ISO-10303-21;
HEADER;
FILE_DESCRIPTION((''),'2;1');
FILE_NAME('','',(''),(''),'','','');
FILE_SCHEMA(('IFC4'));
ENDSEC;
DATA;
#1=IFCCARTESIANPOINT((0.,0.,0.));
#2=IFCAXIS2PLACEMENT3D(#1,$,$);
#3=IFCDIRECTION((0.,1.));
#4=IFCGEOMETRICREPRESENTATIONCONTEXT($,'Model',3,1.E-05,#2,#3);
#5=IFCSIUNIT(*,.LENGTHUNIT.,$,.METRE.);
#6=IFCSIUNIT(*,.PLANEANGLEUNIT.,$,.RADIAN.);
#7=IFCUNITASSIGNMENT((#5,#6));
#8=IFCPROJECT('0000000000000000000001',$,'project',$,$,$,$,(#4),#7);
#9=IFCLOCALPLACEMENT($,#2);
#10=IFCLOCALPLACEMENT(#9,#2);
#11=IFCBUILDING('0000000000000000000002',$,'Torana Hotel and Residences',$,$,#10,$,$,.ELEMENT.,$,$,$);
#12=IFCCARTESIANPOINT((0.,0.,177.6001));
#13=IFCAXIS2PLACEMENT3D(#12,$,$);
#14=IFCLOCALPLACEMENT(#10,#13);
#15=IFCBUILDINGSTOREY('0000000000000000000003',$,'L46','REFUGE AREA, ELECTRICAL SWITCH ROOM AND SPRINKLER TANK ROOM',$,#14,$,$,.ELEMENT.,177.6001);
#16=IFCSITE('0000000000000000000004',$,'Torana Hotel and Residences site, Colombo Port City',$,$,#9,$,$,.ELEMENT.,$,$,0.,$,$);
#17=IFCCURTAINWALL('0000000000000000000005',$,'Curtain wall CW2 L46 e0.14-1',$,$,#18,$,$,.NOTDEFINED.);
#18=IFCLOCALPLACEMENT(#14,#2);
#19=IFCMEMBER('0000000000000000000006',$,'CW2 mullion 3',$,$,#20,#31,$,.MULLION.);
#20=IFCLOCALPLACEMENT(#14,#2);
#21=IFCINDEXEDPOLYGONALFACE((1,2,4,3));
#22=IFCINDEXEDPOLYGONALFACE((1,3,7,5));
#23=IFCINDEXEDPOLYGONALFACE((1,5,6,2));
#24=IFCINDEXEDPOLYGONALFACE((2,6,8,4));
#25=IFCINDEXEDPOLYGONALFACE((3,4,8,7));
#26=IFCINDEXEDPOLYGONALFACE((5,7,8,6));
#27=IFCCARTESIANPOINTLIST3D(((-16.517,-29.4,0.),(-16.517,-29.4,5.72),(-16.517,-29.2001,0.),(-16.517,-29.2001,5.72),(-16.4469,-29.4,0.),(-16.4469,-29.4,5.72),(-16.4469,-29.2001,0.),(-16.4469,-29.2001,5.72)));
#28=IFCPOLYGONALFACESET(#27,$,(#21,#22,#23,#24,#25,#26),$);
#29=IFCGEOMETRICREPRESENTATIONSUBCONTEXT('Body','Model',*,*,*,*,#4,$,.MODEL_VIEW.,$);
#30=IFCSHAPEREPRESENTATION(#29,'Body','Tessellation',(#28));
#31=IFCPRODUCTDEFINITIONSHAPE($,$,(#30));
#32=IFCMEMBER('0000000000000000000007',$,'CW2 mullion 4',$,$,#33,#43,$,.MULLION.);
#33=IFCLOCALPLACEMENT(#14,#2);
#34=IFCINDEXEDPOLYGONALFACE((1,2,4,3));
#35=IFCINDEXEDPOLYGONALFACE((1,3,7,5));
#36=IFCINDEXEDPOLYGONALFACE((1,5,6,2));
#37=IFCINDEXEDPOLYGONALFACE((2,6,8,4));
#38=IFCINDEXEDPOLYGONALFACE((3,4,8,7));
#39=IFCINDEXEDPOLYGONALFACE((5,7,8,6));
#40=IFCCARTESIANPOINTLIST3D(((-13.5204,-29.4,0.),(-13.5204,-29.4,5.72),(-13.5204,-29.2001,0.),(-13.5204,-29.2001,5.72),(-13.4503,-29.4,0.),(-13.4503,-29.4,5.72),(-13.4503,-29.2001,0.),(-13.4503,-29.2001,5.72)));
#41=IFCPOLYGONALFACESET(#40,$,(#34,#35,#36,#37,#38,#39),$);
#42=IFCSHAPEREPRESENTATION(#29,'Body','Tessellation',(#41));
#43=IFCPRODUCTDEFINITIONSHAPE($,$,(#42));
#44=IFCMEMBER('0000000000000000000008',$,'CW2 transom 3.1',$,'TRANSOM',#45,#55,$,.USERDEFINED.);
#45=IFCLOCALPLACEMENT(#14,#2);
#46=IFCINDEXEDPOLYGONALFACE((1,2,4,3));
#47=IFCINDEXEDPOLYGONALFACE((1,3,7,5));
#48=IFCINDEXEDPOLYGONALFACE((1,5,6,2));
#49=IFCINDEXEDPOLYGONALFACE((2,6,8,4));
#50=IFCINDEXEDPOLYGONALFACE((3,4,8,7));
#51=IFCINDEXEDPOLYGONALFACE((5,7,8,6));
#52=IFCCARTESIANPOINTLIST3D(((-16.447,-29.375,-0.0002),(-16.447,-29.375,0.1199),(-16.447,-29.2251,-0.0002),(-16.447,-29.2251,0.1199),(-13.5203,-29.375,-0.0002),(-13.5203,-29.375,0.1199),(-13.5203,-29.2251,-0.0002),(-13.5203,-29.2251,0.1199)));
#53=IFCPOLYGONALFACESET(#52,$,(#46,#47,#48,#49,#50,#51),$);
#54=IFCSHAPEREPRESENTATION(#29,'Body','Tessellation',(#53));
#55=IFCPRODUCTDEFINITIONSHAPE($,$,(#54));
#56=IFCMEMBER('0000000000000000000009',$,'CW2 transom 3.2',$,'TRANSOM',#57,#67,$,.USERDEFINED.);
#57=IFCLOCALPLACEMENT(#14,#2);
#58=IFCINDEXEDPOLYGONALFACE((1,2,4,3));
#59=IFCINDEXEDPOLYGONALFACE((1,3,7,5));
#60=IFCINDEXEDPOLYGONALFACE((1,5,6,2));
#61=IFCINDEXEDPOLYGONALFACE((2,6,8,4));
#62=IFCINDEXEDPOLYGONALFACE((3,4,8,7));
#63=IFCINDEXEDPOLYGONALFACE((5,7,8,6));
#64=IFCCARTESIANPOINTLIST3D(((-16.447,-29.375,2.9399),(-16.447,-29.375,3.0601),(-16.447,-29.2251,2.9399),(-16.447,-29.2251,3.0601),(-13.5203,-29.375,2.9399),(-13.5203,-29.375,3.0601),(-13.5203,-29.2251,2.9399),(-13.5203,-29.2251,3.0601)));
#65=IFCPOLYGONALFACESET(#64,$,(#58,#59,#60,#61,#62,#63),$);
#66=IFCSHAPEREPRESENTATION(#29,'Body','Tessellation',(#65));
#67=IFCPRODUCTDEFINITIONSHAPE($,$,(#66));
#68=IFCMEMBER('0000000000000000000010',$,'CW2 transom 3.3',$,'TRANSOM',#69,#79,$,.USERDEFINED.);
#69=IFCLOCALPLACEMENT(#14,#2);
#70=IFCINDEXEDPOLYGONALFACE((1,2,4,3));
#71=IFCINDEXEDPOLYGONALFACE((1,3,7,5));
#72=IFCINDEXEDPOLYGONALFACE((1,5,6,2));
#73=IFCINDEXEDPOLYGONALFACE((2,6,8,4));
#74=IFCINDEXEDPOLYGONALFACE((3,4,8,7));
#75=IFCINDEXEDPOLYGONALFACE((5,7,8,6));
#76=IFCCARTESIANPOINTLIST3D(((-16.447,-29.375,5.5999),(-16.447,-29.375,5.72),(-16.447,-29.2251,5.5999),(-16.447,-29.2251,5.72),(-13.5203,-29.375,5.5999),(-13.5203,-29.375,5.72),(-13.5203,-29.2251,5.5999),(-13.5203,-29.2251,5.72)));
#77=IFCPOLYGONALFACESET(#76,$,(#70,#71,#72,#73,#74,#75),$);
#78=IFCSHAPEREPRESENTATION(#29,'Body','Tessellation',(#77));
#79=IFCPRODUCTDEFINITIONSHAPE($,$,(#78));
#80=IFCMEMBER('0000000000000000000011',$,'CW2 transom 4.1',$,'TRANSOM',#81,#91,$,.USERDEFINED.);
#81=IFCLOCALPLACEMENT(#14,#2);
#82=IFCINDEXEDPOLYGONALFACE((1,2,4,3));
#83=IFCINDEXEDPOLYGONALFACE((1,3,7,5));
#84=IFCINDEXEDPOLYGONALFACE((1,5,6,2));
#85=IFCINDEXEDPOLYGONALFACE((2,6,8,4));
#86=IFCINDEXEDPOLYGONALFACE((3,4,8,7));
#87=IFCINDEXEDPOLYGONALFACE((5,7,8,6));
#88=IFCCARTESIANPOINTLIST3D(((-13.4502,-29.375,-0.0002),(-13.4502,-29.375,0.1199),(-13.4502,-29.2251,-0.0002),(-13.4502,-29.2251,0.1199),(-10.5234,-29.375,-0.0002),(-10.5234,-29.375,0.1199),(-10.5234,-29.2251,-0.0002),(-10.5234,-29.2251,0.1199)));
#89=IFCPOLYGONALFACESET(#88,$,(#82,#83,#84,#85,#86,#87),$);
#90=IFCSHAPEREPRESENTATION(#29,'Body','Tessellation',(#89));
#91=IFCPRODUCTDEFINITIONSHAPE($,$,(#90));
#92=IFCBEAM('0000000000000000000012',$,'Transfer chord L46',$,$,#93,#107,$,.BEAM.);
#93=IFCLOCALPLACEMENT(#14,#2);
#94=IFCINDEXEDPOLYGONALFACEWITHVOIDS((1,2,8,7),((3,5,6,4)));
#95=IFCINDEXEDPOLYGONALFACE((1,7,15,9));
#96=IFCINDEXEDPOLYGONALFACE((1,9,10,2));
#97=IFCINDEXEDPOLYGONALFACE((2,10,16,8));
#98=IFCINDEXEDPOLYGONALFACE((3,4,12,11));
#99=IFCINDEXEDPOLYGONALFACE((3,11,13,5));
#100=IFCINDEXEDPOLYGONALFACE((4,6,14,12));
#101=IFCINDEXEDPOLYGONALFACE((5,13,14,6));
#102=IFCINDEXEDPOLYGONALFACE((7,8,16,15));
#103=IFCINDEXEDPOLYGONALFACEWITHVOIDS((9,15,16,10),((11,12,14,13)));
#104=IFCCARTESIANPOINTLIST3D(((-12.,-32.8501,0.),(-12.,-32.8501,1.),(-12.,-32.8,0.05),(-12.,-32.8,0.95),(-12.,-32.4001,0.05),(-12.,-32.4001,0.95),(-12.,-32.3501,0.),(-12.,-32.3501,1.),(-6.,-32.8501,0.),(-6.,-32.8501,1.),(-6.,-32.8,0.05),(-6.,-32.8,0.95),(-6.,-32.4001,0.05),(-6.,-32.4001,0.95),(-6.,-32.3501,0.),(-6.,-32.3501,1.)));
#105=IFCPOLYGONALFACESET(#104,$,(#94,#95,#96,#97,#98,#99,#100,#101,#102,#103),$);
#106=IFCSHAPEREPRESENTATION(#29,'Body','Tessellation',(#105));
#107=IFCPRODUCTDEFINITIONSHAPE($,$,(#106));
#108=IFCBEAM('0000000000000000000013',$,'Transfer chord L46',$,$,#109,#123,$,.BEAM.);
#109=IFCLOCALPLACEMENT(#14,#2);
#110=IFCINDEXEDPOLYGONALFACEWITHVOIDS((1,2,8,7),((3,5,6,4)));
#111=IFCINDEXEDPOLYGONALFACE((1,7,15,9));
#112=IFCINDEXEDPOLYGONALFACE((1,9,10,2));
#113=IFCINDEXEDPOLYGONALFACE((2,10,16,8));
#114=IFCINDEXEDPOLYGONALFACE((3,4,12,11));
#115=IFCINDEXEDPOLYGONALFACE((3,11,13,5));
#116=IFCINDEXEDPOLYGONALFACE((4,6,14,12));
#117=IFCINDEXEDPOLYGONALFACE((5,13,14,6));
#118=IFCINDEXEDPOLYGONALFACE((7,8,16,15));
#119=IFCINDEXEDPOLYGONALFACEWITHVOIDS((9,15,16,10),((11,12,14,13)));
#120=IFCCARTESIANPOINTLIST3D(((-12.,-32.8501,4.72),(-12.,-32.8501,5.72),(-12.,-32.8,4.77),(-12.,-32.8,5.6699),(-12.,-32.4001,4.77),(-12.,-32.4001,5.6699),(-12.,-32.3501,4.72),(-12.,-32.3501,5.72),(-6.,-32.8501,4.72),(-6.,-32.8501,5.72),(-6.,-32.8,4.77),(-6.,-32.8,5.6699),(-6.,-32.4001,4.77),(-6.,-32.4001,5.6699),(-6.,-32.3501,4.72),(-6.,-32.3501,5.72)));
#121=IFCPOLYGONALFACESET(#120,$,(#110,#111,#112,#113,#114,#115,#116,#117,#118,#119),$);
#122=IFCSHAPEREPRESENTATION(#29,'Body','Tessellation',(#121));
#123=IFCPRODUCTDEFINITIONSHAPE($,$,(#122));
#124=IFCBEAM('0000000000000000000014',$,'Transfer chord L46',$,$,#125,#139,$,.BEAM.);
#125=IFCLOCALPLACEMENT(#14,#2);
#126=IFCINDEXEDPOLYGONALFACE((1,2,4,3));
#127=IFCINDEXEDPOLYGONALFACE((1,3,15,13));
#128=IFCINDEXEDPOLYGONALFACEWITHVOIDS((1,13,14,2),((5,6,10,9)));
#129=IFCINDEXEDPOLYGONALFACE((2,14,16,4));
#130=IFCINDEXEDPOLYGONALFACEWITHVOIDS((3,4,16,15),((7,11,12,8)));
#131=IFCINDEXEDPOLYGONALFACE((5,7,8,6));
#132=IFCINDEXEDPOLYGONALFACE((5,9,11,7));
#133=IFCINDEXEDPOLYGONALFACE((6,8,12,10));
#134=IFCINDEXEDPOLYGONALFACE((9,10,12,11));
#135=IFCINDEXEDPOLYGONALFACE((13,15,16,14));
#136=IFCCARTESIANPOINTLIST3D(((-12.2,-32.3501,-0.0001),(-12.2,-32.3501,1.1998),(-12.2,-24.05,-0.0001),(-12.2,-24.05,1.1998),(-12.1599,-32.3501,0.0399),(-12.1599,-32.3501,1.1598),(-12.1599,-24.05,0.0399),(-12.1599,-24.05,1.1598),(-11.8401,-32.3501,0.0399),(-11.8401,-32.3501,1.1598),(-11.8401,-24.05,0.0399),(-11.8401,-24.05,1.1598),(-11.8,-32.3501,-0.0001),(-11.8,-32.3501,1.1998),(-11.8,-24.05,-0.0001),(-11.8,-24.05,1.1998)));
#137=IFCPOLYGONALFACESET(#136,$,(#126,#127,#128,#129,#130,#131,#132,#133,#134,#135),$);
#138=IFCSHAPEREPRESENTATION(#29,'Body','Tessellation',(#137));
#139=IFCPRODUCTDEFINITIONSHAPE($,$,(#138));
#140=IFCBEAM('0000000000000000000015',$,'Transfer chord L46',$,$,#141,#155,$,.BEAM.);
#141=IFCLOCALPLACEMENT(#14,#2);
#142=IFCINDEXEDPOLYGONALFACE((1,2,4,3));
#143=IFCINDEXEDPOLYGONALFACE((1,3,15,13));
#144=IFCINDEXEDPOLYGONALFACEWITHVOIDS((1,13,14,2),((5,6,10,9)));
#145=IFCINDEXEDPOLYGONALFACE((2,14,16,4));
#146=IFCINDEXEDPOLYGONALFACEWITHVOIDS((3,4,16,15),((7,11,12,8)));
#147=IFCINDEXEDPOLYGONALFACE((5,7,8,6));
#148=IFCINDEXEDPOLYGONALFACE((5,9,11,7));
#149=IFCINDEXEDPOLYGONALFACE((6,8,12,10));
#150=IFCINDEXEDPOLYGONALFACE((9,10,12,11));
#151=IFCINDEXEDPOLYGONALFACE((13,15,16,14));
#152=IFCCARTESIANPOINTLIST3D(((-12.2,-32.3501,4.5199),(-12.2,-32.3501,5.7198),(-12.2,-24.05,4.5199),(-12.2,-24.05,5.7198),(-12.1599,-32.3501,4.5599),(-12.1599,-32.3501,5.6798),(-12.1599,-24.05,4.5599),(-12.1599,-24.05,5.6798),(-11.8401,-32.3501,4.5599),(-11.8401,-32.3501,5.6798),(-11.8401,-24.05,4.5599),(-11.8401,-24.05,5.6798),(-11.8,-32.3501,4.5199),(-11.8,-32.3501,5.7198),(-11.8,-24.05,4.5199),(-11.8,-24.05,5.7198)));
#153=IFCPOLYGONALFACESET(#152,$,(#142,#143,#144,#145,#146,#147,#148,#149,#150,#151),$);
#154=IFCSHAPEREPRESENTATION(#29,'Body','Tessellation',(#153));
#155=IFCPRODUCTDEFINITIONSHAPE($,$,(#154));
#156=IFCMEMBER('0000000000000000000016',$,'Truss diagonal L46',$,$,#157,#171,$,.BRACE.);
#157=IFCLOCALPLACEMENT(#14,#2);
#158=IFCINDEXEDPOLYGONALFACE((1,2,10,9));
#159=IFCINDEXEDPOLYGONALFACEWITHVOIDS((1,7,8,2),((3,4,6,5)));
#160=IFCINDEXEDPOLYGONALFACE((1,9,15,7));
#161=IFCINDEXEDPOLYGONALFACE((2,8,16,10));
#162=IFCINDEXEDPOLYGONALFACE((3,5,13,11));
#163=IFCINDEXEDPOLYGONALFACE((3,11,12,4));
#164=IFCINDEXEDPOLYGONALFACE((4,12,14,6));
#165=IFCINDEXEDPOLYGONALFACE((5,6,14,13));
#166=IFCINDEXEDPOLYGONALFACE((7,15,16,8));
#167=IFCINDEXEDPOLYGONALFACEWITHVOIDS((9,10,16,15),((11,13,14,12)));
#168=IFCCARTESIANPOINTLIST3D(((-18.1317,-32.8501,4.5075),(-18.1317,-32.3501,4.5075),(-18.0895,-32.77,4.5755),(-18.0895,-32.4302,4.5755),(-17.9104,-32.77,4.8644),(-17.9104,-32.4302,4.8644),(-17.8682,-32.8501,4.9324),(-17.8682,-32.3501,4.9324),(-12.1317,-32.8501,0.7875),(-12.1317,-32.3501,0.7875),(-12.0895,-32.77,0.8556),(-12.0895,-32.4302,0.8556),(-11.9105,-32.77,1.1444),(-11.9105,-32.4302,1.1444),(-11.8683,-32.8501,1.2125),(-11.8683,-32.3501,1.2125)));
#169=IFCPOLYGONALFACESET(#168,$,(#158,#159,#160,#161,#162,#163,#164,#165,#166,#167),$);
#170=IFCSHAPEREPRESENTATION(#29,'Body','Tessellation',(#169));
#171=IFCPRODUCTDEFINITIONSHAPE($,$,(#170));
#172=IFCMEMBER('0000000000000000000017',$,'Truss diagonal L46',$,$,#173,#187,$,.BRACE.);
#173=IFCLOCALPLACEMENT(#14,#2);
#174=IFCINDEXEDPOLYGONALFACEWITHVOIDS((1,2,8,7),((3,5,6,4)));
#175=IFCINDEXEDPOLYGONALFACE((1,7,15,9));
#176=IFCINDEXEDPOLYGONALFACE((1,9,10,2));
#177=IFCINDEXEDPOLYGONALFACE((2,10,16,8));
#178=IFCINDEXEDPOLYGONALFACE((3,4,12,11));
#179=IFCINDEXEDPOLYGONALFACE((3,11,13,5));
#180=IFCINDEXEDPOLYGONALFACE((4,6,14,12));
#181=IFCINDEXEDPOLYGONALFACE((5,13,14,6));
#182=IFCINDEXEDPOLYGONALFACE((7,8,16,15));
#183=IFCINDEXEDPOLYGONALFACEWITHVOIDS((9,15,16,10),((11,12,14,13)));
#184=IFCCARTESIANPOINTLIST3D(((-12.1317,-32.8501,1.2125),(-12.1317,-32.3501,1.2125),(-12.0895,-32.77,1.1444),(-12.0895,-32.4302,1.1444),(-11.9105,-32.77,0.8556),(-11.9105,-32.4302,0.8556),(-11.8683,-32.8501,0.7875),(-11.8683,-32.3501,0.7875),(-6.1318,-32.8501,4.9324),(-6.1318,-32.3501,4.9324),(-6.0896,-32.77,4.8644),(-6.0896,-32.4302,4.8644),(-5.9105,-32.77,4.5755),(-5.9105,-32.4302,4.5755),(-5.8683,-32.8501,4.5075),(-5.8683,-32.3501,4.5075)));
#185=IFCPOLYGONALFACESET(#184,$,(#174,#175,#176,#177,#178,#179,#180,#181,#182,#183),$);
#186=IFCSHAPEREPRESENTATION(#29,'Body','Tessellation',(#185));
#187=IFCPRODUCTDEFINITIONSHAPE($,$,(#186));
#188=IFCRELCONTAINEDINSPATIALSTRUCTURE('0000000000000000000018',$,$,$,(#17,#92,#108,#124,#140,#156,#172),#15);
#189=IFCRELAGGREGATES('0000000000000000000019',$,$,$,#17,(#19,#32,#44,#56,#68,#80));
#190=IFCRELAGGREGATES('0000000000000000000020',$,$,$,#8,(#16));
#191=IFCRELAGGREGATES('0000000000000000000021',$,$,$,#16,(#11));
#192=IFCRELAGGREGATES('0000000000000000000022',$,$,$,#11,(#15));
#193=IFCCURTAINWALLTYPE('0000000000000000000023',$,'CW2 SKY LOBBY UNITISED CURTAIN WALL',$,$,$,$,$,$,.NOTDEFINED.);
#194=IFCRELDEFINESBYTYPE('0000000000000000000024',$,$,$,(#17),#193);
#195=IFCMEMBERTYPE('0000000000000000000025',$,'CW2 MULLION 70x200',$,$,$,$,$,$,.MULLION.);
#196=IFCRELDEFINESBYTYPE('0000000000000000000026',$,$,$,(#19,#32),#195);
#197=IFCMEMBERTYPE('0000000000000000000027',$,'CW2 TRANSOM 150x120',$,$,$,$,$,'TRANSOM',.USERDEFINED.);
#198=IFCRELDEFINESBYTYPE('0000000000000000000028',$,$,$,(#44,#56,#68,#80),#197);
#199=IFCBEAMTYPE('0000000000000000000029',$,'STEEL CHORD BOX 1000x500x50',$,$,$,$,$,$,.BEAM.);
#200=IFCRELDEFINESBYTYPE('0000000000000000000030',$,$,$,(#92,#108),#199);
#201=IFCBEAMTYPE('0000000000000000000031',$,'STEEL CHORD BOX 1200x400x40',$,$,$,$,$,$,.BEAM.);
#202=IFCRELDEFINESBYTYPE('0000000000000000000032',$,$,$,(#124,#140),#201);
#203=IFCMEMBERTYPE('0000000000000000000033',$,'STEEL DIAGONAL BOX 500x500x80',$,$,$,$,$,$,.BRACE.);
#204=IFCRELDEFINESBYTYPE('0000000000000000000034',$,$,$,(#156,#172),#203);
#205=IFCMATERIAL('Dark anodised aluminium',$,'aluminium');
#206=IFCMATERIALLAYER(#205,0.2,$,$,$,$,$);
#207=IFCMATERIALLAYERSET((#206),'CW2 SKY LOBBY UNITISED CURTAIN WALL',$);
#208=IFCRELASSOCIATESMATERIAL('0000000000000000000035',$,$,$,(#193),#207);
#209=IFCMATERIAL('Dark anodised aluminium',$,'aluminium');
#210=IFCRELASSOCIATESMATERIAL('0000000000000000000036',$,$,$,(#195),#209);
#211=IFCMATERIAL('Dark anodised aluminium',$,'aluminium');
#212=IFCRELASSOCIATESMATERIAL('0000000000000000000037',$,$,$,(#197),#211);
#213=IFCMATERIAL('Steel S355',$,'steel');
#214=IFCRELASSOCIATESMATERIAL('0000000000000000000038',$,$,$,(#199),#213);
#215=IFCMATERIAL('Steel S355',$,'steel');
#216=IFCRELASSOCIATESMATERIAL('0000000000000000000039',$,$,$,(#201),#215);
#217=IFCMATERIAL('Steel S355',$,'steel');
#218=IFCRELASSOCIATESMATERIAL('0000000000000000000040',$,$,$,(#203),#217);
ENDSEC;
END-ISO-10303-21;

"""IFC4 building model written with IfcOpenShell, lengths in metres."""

from ifc_helpers import new_model, si_unit, direction, frame, origin, origin_2d, place, context, subcontext, project, spatial, rectangle, hollow_rectangle, extrude, material, layer, layer_set, material_profile, profile_set, type_object, element, aggregate, save


model = new_model("IFC4")

# Units and contexts
model_context = context("Model", 3, precision=1e-05, world=origin(), true_north=direction((0.0, 1.0)))
body_context = subcontext(model_context, "Body", "Model", "MODEL_VIEW")
ifc_project = project(units=[si_unit("LENGTHUNIT", "METRE"), si_unit("PLANEANGLEUNIT", "RADIAN")], contexts=[model_context])

# Site, building, storey
site_placement = place(None, origin())
site = spatial("IfcSite", under=ifc_project, at=site_placement, Name="Torana Hotel and Residences site, Colombo Port City", CompositionType="ELEMENT", RefElevation=0.0)
building_placement = place(site_placement, origin())
building = spatial("IfcBuilding", under=site, at=building_placement, Name="Torana Hotel and Residences", CompositionType="ELEMENT")
storey_placement = place(building_placement, frame((0.0, 0.0, 177.6001)))
storey = spatial("IfcBuildingStorey", under=building, at=storey_placement, Name="L46", Description="REFUGE AREA, ELECTRICAL SWITCH ROOM AND SPRINKLER TANK ROOM", CompositionType="ELEMENT", Elevation=177.6001)

# Curtain wall, members
ifc_material_1 = material(Name="Dark anodised aluminium", Category="aluminium")
ifc_layer_1 = layer(ifc_material_1, 0.2)
ifc_layer_set_1 = layer_set([ifc_layer_1], Name="CW2 SKY LOBBY UNITISED CURTAIN WALL")
curtain_wall_type = type_object("IfcCurtainWallType", Name="CW2 SKY LOBBY UNITISED CURTAIN WALL", PredefinedType="NOTDEFINED", material=ifc_layer_set_1)
curtain_wall_placement = place(storey_placement, origin())
curtain_wall = element("IfcCurtainWall", 1, at=curtain_wall_placement, inside=storey, type_object=curtain_wall_type, Name="Curtain wall CW2 L46 e0.14-1", PredefinedType="NOTDEFINED")
ifc_material_2 = material(Name="Dark anodised aluminium", Category="aluminium")
ifc_material_profile_1 = material_profile(ifc_material_2, rectangle(XDim=0.2, YDim=0.0701, at=origin_2d()), Name="CW2 MULLION 70x200")
ifc_profile_set_1 = profile_set([ifc_material_profile_1], Name="Dark anodised aluminium")
member_type_1 = type_object("IfcMemberType", Name="CW2 MULLION 70x200", PredefinedType="MULLION", material=ifc_profile_set_1)
member_1_placement = place(storey_placement, frame((-16.4819, -29.3, 0.0), z_axis=(0.0, 0.0, 1.0), x_axis=(0.0, 1.0, 0.0)))
member_1 = element("IfcMember", 2, at=member_1_placement, type_object=member_type_1, Name="CW2 mullion 3", PredefinedType="MULLION", context=body_context, shape_type="SweptSolid", body=[
    extrude(rectangle(XDim=0.2, YDim=0.0701, at=origin_2d()), origin(), (0.0, 0.0, 1.0), 5.72),
])
member_2_placement = place(storey_placement, frame((-13.4854, -29.3, 0.0), z_axis=(0.0, 0.0, 1.0), x_axis=(0.0, 1.0, 0.0)))
member_2 = element("IfcMember", 3, at=member_2_placement, type_object=member_type_1, Name="CW2 mullion 4", PredefinedType="MULLION", context=body_context, shape_type="SweptSolid", body=[
    extrude(rectangle(XDim=0.2, YDim=0.0701, at=origin_2d()), origin(), (0.0, 0.0, 1.0), 5.72),
])
ifc_material_3 = material(Name="Dark anodised aluminium", Category="aluminium")
ifc_material_profile_2 = material_profile(ifc_material_3, rectangle(XDim=0.1499, YDim=0.1201, at=origin_2d()), Name="CW2 TRANSOM 150x120")
ifc_profile_set_2 = profile_set([ifc_material_profile_2], Name="Dark anodised aluminium")
member_type_2 = type_object("IfcMemberType", Name="CW2 TRANSOM 150x120", ElementType="TRANSOM", PredefinedType="USERDEFINED", material=ifc_profile_set_2)
member_3_placement = place(storey_placement, frame((-16.447, -29.3, 0.0598), z_axis=(1.0, 0.0, 0.0), x_axis=(0.0, 1.0, 0.0)))
member_3 = element("IfcMember", 4, at=member_3_placement, type_object=member_type_2, Name="CW2 transom 3.1", ObjectType="TRANSOM", PredefinedType="USERDEFINED", context=body_context, shape_type="SweptSolid", body=[
    extrude(rectangle(XDim=0.1499, YDim=0.1201, at=origin_2d()), origin(), (0.0, 0.0, 1.0), 2.9268),
])
member_4_placement = place(storey_placement, frame((-16.447, -29.3, 3.0), z_axis=(1.0, 0.0, 0.0), x_axis=(0.0, 1.0, 0.0)))
member_4 = element("IfcMember", 5, at=member_4_placement, type_object=member_type_2, Name="CW2 transom 3.2", ObjectType="TRANSOM", PredefinedType="USERDEFINED", context=body_context, shape_type="SweptSolid", body=[
    extrude(rectangle(XDim=0.1499, YDim=0.1201, at=origin_2d()), origin(), (0.0, 0.0, 1.0), 2.9268),
])
member_5_placement = place(storey_placement, frame((-16.447, -29.3, 5.6599), z_axis=(1.0, 0.0, 0.0), x_axis=(0.0, 1.0, 0.0)))
member_5 = element("IfcMember", 6, at=member_5_placement, type_object=member_type_2, Name="CW2 transom 3.3", ObjectType="TRANSOM", PredefinedType="USERDEFINED", context=body_context, shape_type="SweptSolid", body=[
    extrude(rectangle(XDim=0.1499, YDim=0.1201, at=origin_2d()), origin(), (0.0, 0.0, 1.0), 2.9268),
])
member_6_placement = place(storey_placement, frame((-13.4502, -29.3, 0.0598), z_axis=(1.0, 0.0, 0.0), x_axis=(0.0, 1.0, 0.0)))
member_6 = element("IfcMember", 7, at=member_6_placement, type_object=member_type_2, Name="CW2 transom 4.1", ObjectType="TRANSOM", PredefinedType="USERDEFINED", context=body_context, shape_type="SweptSolid", body=[
    extrude(rectangle(XDim=0.1499, YDim=0.1201, at=origin_2d()), origin(), (0.0, 0.0, 1.0), 2.9268),
])

# Beams
ifc_material_4 = material(Name="Steel S355", Category="steel")
ifc_material_profile_3 = material_profile(ifc_material_4, hollow_rectangle(XDim=0.5, YDim=1.0, WallThickness=0.05, at=origin_2d()), Name="BOX 1000x500x50")
ifc_profile_set_3 = profile_set([ifc_material_profile_3], Name="Steel S355")
beam_type_1 = type_object("IfcBeamType", Name="STEEL CHORD BOX 1000x500x50", PredefinedType="BEAM", material=ifc_profile_set_3)
for number, where, z_axis, x_axis, name in (
    (8, (-12.0, -32.6001, 0.5), (1.0, 0.0, 0.0), (0.0, 1.0, 0.0), "Transfer chord L46"),
    (9, (-12.0, -32.6001, 5.22), (1.0, 0.0, 0.0), (0.0, 1.0, 0.0), "Transfer chord L46"),
):
    element("IfcBeam", number, at=place(storey_placement, frame(where, z_axis=z_axis, x_axis=x_axis)), inside=storey, type_object=beam_type_1, Name=name, PredefinedType="BEAM", context=body_context, shape_type="SweptSolid", body=[
        extrude(hollow_rectangle(XDim=0.5, YDim=1.0, WallThickness=0.05, at=origin_2d()), origin(), (0.0, 0.0, 1.0), 6.0),
    ])
ifc_material_5 = material(Name="Steel S355", Category="steel")
ifc_material_profile_4 = material_profile(ifc_material_5, hollow_rectangle(XDim=0.3999, YDim=1.2, WallThickness=0.04, at=origin_2d()), Name="BOX 1200x400x40")
ifc_profile_set_4 = profile_set([ifc_material_profile_4], Name="Steel S355")
beam_type_2 = type_object("IfcBeamType", Name="STEEL CHORD BOX 1200x400x40", PredefinedType="BEAM", material=ifc_profile_set_4)
for number, where, z_axis, x_axis, name in (
    (10, (-12.0, -32.3501, 0.5999), (0.0, 1.0, 0.0), (-1.0, 0.0, 0.0), "Transfer chord L46"),
    (11, (-12.0, -32.3501, 5.1199), (0.0, 1.0, 0.0), (-1.0, 0.0, 0.0), "Transfer chord L46"),
):
    element("IfcBeam", number, at=place(storey_placement, frame(where, z_axis=z_axis, x_axis=x_axis)), inside=storey, type_object=beam_type_2, Name=name, PredefinedType="BEAM", context=body_context, shape_type="SweptSolid", body=[
        extrude(hollow_rectangle(XDim=0.3999, YDim=1.2, WallThickness=0.04, at=origin_2d()), origin(), (0.0, 0.0, 1.0), 8.3),
    ])

# Members
ifc_material_6 = material(Name="Steel S355", Category="steel")
ifc_material_profile_5 = material_profile(ifc_material_6, hollow_rectangle(XDim=0.5, YDim=0.5, WallThickness=0.0801, at=origin_2d()), Name="BOX 500x500x80")
ifc_profile_set_5 = profile_set([ifc_material_profile_5], Name="Steel S355")
member_type_3 = type_object("IfcMemberType", Name="STEEL DIAGONAL BOX 500x500x80", PredefinedType="BRACE", material=ifc_profile_set_5)
for number, where, z_axis, x_axis, name in (
    (12, (-12.0, -32.6001, 1.0), (-0.849905, 0.0, 0.526937), (0.0, -1.0, 0.0), "Truss diagonal L46"),
    (13, (-12.0, -32.6001, 1.0), (0.849905, 0.0, 0.526937), (0.0, 1.0, 0.0), "Truss diagonal L46"),
):
    element("IfcMember", number, at=place(storey_placement, frame(where, z_axis=z_axis, x_axis=x_axis)), inside=storey, type_object=member_type_3, Name=name, PredefinedType="BRACE", context=body_context, shape_type="SweptSolid", body=[
        extrude(hollow_rectangle(XDim=0.5, YDim=0.5, WallThickness=0.0801, at=origin_2d()), origin(), (0.0, 0.0, 1.0), 7.0596),
    ])

aggregate(curtain_wall, [member_1, member_2, member_3, member_4, member_5, member_6])

save(model, "model.ifc")
